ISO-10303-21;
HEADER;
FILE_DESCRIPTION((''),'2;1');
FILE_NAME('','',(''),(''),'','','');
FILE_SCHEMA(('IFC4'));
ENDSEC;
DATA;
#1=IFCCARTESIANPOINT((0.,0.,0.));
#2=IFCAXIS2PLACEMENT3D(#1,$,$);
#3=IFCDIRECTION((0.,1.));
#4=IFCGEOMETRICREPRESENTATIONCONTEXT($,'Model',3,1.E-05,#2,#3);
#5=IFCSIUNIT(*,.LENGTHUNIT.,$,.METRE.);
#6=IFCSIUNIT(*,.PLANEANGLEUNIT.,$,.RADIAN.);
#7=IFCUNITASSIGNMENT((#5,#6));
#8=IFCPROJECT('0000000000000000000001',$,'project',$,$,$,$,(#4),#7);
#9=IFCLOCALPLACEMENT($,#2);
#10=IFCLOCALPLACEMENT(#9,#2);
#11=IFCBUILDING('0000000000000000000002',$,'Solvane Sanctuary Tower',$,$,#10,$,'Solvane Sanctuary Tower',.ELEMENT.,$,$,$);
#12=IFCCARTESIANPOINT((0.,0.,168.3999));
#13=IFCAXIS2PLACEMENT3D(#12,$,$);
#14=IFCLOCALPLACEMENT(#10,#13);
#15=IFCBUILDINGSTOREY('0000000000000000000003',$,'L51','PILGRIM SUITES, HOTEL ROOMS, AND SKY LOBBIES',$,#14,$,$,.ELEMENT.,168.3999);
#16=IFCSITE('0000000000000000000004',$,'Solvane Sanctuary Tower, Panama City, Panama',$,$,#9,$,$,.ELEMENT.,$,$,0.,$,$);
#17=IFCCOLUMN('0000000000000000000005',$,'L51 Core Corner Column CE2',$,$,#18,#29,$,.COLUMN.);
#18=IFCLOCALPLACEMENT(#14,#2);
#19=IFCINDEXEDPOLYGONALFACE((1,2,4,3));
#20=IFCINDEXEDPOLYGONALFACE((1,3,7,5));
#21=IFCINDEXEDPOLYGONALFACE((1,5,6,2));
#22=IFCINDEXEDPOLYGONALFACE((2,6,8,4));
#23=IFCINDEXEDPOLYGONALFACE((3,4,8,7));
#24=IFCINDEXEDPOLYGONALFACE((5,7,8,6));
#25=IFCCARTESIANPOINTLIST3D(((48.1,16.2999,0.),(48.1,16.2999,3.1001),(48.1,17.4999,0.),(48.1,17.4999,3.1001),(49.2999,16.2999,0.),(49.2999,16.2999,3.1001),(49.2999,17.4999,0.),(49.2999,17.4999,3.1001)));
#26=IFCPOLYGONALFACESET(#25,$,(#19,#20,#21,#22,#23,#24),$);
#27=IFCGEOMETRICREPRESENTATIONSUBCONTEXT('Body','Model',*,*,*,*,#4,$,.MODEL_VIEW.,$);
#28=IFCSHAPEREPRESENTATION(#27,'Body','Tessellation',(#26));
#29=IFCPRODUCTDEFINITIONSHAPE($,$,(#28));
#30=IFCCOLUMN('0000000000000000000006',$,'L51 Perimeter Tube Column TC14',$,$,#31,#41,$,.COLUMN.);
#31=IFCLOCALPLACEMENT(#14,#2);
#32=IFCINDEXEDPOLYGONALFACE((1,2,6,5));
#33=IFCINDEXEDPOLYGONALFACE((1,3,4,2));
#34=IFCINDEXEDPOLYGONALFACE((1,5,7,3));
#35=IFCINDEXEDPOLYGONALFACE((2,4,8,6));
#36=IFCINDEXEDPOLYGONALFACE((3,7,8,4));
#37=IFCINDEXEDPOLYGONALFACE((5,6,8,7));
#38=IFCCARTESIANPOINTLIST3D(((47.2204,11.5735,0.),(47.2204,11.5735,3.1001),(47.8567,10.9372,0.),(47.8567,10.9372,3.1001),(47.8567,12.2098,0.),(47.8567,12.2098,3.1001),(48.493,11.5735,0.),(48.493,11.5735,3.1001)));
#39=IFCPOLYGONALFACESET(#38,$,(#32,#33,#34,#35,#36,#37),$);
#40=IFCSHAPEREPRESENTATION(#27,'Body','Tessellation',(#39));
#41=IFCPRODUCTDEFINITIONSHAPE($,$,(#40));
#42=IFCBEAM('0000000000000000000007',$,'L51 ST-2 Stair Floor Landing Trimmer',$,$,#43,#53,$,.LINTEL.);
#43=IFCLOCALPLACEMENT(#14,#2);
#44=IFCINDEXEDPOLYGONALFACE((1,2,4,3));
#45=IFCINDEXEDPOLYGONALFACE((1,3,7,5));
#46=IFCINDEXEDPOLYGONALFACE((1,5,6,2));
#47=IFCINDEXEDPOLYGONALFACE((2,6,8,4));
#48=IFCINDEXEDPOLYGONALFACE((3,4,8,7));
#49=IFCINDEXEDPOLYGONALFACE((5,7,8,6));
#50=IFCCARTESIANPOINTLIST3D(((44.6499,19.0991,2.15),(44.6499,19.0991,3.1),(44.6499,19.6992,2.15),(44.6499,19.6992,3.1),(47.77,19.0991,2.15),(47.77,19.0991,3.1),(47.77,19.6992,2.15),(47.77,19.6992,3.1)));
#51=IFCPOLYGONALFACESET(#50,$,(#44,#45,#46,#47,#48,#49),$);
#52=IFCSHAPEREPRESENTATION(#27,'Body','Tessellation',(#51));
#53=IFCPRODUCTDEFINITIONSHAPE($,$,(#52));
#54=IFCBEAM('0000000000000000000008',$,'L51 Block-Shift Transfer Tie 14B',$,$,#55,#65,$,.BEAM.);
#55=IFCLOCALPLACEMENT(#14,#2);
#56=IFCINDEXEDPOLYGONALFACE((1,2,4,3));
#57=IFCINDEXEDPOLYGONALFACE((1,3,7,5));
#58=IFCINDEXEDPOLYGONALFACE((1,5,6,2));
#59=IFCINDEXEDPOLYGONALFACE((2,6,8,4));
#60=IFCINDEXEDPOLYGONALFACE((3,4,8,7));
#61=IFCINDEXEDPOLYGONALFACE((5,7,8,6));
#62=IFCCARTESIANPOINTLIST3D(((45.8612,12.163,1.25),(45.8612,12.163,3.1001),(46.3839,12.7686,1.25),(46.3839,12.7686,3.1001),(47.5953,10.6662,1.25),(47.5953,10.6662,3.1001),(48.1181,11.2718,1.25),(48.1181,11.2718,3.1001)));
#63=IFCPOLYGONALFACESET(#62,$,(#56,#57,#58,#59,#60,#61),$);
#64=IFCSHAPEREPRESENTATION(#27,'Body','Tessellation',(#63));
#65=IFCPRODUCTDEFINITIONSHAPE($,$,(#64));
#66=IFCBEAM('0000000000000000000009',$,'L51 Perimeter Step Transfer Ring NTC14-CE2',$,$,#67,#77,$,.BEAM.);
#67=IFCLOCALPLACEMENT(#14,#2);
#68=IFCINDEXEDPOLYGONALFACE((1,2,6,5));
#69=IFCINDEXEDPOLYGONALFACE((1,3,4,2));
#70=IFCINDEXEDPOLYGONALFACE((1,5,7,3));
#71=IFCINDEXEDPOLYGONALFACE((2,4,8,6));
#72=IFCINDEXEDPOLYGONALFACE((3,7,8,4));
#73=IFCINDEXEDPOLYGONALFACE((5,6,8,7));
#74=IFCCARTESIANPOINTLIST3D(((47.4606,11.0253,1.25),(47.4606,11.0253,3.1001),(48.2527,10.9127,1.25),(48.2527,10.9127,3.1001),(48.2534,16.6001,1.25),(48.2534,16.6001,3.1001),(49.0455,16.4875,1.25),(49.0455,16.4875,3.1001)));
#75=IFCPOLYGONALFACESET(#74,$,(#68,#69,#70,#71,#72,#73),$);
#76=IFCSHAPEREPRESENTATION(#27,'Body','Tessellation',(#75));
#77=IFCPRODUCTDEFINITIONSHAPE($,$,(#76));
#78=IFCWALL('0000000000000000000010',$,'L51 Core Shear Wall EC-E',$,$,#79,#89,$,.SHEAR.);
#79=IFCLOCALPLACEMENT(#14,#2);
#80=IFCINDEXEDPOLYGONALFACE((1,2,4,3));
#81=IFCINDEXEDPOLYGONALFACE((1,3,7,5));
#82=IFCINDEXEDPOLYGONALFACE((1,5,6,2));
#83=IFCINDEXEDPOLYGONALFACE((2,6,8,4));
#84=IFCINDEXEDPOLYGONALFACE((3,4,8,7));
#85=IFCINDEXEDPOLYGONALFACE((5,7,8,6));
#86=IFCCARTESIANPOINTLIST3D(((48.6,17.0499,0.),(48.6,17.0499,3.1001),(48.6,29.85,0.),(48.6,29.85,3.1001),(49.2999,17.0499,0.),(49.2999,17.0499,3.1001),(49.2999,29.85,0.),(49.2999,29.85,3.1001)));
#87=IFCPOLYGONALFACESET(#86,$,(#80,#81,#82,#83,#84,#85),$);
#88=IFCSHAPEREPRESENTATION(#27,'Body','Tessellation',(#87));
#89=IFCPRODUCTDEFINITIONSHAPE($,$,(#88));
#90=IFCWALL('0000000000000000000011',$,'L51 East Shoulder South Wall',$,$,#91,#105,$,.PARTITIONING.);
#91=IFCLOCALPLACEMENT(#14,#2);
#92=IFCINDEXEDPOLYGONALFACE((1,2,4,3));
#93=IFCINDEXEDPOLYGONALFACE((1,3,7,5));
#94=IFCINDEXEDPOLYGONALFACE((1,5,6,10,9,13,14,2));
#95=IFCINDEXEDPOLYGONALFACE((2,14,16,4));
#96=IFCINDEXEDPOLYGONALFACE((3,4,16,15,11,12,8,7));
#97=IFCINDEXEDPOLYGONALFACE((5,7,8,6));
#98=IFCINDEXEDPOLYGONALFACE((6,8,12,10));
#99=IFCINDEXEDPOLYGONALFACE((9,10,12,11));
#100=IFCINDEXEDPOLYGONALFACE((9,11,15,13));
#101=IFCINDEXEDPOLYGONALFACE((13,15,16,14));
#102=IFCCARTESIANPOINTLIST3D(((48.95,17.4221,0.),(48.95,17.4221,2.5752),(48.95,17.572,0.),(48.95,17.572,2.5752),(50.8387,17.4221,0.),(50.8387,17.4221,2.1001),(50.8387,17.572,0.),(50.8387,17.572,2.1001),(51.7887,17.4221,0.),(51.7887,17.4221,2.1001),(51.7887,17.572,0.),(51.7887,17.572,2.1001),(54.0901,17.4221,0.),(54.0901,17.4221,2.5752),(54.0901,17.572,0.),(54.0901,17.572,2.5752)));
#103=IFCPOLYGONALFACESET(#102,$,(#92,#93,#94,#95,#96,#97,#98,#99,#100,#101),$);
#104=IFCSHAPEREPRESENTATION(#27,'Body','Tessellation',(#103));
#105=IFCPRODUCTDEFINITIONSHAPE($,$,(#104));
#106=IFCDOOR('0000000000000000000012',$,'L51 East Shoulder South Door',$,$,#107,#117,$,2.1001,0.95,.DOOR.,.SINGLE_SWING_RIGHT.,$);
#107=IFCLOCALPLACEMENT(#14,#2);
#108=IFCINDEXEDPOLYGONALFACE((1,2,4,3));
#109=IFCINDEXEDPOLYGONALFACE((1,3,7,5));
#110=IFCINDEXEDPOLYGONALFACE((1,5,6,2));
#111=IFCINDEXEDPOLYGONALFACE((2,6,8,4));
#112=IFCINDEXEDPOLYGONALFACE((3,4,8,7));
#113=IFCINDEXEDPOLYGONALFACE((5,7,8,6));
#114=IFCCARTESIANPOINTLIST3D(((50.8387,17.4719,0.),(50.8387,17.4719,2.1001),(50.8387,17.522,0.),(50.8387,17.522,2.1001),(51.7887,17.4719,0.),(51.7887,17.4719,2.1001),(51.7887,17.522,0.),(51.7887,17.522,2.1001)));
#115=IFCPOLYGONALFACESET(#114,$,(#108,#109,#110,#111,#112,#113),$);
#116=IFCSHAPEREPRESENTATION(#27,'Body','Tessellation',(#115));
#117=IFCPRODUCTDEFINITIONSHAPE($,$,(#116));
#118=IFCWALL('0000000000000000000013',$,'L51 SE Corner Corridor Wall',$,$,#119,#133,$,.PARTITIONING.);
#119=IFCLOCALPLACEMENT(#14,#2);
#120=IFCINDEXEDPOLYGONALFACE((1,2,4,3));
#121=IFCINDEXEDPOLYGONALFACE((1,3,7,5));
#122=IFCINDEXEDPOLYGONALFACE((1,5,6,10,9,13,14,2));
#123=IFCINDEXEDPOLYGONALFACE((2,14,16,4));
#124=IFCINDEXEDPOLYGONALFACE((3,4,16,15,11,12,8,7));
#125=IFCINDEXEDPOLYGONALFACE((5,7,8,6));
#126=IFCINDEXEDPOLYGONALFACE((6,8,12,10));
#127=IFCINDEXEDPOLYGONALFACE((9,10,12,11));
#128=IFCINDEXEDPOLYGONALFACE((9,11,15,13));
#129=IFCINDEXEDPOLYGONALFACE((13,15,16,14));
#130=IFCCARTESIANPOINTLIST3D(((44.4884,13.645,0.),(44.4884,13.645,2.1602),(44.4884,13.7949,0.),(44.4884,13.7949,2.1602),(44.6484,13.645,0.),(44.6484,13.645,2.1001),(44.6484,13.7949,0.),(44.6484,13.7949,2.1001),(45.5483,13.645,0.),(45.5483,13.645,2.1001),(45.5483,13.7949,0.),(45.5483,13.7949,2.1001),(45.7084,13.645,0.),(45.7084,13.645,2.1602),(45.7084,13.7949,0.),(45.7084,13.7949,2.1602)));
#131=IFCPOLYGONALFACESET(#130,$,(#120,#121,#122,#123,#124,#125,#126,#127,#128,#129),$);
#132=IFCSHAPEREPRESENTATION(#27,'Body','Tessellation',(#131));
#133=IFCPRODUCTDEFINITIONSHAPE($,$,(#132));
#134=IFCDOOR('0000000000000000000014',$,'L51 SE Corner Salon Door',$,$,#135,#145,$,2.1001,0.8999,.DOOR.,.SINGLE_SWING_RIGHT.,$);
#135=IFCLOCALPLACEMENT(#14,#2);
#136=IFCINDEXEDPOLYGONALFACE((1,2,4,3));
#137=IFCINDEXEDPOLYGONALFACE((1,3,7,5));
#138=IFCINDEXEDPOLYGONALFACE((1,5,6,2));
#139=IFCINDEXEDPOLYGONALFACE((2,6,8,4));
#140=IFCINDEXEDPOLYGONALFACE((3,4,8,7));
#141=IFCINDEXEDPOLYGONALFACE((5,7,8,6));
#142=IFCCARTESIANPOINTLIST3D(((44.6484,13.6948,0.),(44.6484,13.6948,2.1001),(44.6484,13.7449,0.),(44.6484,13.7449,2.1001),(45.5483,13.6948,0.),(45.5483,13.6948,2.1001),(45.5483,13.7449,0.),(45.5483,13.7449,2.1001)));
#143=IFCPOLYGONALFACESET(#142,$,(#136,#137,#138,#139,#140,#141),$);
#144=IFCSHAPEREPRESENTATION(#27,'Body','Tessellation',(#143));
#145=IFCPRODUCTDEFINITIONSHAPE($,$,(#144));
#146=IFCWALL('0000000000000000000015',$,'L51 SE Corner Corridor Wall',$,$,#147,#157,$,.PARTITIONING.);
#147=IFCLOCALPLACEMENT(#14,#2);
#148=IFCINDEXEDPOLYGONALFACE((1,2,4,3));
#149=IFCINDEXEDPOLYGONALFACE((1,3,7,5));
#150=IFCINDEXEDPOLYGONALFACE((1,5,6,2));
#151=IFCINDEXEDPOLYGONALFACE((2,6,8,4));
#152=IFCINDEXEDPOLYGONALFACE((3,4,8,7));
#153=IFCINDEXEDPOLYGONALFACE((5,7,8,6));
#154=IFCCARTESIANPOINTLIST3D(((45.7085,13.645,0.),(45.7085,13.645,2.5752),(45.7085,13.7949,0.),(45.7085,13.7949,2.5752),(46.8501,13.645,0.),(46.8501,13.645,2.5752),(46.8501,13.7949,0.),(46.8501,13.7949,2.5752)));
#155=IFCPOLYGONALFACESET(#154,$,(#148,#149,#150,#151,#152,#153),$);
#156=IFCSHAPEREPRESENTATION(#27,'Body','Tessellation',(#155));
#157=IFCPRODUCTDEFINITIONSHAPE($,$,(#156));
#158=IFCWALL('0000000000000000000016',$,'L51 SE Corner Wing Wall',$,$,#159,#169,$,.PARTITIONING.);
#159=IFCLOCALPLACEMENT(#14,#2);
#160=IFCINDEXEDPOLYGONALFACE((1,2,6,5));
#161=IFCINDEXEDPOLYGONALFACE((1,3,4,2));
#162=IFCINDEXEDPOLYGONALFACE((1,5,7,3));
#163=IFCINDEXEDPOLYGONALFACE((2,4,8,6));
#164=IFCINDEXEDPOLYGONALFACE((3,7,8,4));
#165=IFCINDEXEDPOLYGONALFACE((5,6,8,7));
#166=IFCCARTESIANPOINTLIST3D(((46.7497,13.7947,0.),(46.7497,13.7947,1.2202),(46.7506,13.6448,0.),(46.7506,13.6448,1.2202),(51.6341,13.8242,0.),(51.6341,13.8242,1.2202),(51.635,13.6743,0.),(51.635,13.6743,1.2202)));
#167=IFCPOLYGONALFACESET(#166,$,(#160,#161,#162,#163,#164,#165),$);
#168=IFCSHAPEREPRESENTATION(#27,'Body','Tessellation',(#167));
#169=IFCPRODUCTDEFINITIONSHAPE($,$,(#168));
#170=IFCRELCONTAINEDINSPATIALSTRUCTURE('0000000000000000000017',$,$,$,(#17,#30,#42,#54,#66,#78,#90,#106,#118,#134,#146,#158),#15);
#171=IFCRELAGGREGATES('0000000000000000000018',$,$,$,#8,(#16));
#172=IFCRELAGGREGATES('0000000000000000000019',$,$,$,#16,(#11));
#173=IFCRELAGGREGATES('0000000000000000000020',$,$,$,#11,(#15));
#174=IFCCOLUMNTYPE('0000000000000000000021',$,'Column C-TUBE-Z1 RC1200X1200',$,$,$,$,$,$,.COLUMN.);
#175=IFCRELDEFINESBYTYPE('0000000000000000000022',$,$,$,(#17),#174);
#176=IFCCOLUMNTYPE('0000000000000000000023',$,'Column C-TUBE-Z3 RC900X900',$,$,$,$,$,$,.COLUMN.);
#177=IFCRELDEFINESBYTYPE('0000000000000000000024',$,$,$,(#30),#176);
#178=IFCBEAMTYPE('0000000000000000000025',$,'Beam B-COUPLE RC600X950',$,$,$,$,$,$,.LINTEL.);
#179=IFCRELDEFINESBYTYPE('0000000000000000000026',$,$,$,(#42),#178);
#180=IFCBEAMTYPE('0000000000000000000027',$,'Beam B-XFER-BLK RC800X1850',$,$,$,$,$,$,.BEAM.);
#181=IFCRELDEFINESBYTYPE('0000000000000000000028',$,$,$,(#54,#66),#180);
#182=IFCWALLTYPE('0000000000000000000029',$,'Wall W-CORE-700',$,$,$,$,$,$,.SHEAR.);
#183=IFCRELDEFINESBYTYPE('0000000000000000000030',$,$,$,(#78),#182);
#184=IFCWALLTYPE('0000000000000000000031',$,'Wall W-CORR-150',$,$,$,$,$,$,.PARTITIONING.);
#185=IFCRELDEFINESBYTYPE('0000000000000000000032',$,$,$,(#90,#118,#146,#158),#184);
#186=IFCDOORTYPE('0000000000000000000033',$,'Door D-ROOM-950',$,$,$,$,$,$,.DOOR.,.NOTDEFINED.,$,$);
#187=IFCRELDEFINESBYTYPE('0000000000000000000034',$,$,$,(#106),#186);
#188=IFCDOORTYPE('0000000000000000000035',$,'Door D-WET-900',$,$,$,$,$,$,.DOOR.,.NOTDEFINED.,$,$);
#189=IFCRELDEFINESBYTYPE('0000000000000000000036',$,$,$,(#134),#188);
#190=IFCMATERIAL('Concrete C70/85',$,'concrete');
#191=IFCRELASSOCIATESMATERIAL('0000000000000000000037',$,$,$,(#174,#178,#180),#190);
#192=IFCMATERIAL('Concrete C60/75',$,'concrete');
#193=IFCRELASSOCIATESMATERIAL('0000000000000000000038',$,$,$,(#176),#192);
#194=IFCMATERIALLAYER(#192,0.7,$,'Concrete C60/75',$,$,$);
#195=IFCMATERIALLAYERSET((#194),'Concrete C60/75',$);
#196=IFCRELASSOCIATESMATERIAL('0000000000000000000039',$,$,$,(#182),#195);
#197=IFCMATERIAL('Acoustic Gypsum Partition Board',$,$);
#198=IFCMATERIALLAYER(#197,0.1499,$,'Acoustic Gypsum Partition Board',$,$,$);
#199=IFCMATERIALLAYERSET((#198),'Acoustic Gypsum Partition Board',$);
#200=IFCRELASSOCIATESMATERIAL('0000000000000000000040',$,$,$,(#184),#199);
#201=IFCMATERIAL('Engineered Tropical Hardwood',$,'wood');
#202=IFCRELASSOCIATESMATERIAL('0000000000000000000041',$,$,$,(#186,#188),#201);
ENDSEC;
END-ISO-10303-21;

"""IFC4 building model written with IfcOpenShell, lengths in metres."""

from ifc_helpers import new_model, si_unit, direction, frame, frame_2d, origin, origin_2d, place, context, subcontext, project, spatial, rectangle, extrude, material, layer, layer_set, material_profile, profile_set, type_object, element, fill, save


model = new_model("IFC4")

# Units and contexts
model_context = context("Model", 3, precision=1e-05, world=origin(), true_north=direction((0.0, 1.0)))
body_context = subcontext(model_context, "Body", "Model", "MODEL_VIEW")
ifc_project = project(units=[si_unit("LENGTHUNIT", "METRE"), si_unit("PLANEANGLEUNIT", "RADIAN")], contexts=[model_context])

# Site, building, storey
site_placement = place(None, origin())
site = spatial("IfcSite", under=ifc_project, at=site_placement, Name="Solvane Sanctuary Tower, Panama City, Panama", CompositionType="ELEMENT", RefElevation=0.0)
building_placement = place(site_placement, origin())
building = spatial("IfcBuilding", under=site, at=building_placement, Name="Solvane Sanctuary Tower", LongName="Solvane Sanctuary Tower", CompositionType="ELEMENT")
storey_placement = place(building_placement, frame((0.0, 0.0, 168.3999)))
storey = spatial("IfcBuildingStorey", under=building, at=storey_placement, Name="L51", Description="PILGRIM SUITES, HOTEL ROOMS, AND SKY LOBBIES", CompositionType="ELEMENT", Elevation=168.3999)

# Columns
ifc_material_1 = material(Name="Concrete C70/85", Category="concrete")
ifc_material_profile_1 = material_profile(ifc_material_1, rectangle(XDim=1.2, YDim=1.2, at=origin_2d()), Name="RC1200X1200")
ifc_profile_set_1 = profile_set([ifc_material_profile_1], Name="Concrete C70/85")
column_type_1 = type_object("IfcColumnType", Name="Column C-TUBE-Z1 RC1200X1200", PredefinedType="COLUMN", material=ifc_profile_set_1)
column_1_placement = place(storey_placement, frame((48.7, 16.8999, 0.0), z_axis=(0.0, 0.0, 1.0), x_axis=(1.0, 0.0, 0.0)))
element("IfcColumn", 1, at=column_1_placement, inside=storey, type_object=column_type_1, Name="L51 Core Corner Column CE2", PredefinedType="COLUMN", context=body_context, shape_type="SweptSolid", body=[
    extrude(rectangle(XDim=1.2, YDim=1.2, at=origin_2d()), origin(), (0.0, 0.0, 1.0), 3.1001),
])
ifc_material_2 = material(Name="Concrete C60/75", Category="concrete")
ifc_material_profile_2 = material_profile(ifc_material_2, rectangle(XDim=0.8999, YDim=0.8999, at=origin_2d()), Name="RC900X900")
ifc_profile_set_2 = profile_set([ifc_material_profile_2], Name="Concrete C60/75")
column_type_2 = type_object("IfcColumnType", Name="Column C-TUBE-Z3 RC900X900", PredefinedType="COLUMN", material=ifc_profile_set_2)
column_2_placement = place(storey_placement, frame((47.8567, 11.5735, 0.0), z_axis=(0.0, 0.0, 1.0), x_axis=(0.707107, -0.707107, 0.0)))
element("IfcColumn", 2, at=column_2_placement, inside=storey, type_object=column_type_2, Name="L51 Perimeter Tube Column TC14", PredefinedType="COLUMN", context=body_context, shape_type="SweptSolid", body=[
    extrude(rectangle(XDim=0.8999, YDim=0.8999, at=origin_2d()), origin(), (0.0, 0.0, 1.0), 3.1001),
])

# Beams
ifc_material_profile_3 = material_profile(ifc_material_1, rectangle(XDim=0.6001, YDim=0.95, at=origin_2d()), Name="RC600X950")
ifc_profile_set_3 = profile_set([ifc_material_profile_3], Name="Concrete C70/85")
beam_type_1 = type_object("IfcBeamType", Name="Beam B-COUPLE RC600X950", PredefinedType="LINTEL", material=ifc_profile_set_3)
beam_1_placement = place(storey_placement, frame((44.6499, 19.3992, 2.625), z_axis=(1.0, 0.0, 0.0), x_axis=(0.0, 1.0, 0.0)))
element("IfcBeam", 3, at=beam_1_placement, inside=storey, type_object=beam_type_1, Name="L51 ST-2 Stair Floor Landing Trimmer", PredefinedType="LINTEL", context=body_context, shape_type="SweptSolid", body=[
    extrude(rectangle(XDim=0.6001, YDim=0.95, at=origin_2d()), origin(), (0.0, 0.0, 1.0), 3.1201),
])
ifc_material_profile_4 = material_profile(ifc_material_1, rectangle(XDim=0.8, YDim=1.8501, at=origin_2d()), Name="RC800X1850")
ifc_profile_set_4 = profile_set([ifc_material_profile_4], Name="Concrete C70/85")
beam_type_2 = type_object("IfcBeamType", Name="Beam B-XFER-BLK RC800X1850", PredefinedType="BEAM", material=ifc_profile_set_4)
beam_2_placement = place(storey_placement, frame((46.1226, 12.4658, 2.175), z_axis=(0.757003, -0.653412, 0.0), x_axis=(0.653412, 0.757003, 0.0)))
element("IfcBeam", 4, at=beam_2_placement, inside=storey, type_object=beam_type_2, Name="L51 Block-Shift Transfer Tie 14B", PredefinedType="BEAM", context=body_context, shape_type="SweptSolid", body=[
    extrude(rectangle(XDim=0.8, YDim=1.8501, at=origin_2d()), origin(), (0.0, 0.0, 1.0), 2.2908),
])
beam_3_placement = place(storey_placement, frame((47.8567, 10.969, 2.175), z_axis=(0.140784, 0.99004, 0.0), x_axis=(-0.99004, 0.140784, 0.0)))
element("IfcBeam", 5, at=beam_3_placement, inside=storey, type_object=beam_type_2, Name="L51 Perimeter Step Transfer Ring NTC14-CE2", PredefinedType="BEAM", context=body_context, shape_type="SweptSolid", body=[
    extrude(rectangle(XDim=0.8, YDim=1.8501, at=origin_2d()), origin(), (0.0, 0.0, 1.0), 5.6309),
])

# Wall
ifc_layer_1 = layer(ifc_material_2, 0.7, Name="Concrete C60/75")
ifc_layer_set_1 = layer_set([ifc_layer_1], Name="Concrete C60/75")
wall_type_1 = type_object("IfcWallType", Name="Wall W-CORE-700", PredefinedType="SHEAR", material=ifc_layer_set_1)
wall_1_placement = place(storey_placement, frame((48.95, 17.05, 0.0), z_axis=(0.0, 0.0, 1.0), x_axis=(0.0, 1.0, 0.0)))
element("IfcWall", 6, at=wall_1_placement, inside=storey, type_object=wall_type_1, Name="L51 Core Shear Wall EC-E", PredefinedType="SHEAR", context=body_context, shape_type="SweptSolid", body=[
    extrude(rectangle(XDim=12.8, YDim=0.7, at=frame_2d((6.3999, 0.0))), origin(), (0.0, 0.0, 1.0), 3.1001),
])

# Walls, openings, doors
ifc_material_3 = material(Name="Acoustic Gypsum Partition Board")
ifc_layer_2 = layer(ifc_material_3, 0.1499, Name="Acoustic Gypsum Partition Board")
ifc_layer_set_2 = layer_set([ifc_layer_2], Name="Acoustic Gypsum Partition Board")
wall_type_2 = type_object("IfcWallType", Name="Wall W-CORR-150", PredefinedType="PARTITIONING", material=ifc_layer_set_2)
wall_2_placement = place(storey_placement, frame((48.95, 17.4971, 0.0), z_axis=(0.0, 0.0, 1.0), x_axis=(1.0, 0.0, 0.0)))
wall_2 = element("IfcWall", 7, at=wall_2_placement, inside=storey, type_object=wall_type_2, Name="L51 East Shoulder South Wall", PredefinedType="PARTITIONING", context=body_context, shape_type="SweptSolid", body=[
    extrude(rectangle(XDim=5.1401, YDim=0.1499, at=frame_2d((2.5701, 0.0))), origin(), (0.0, 0.0, 1.0), 2.5752),
])
opening_1_placement = place(wall_2_placement, frame((1.8887, 0.0, 0.0)))
opening_1 = element("IfcOpeningElement", 8, at=opening_1_placement, cuts=wall_2, PredefinedType="OPENING", context=body_context, shape_type="SweptSolid", body=[
    extrude(rectangle(XDim=0.95, YDim=2.1001, at=frame_2d((0.4751, 1.05))), frame((0.0, 0.085, 0.0), z_axis=(0.0, -1.0, 0.0), x_axis=(1.0, 0.0, 0.0)), (0.0, 0.0, 1.0), 0.1699),
])
ifc_material_4 = material(Name="Engineered Tropical Hardwood", Category="wood")
door_type_1 = type_object("IfcDoorType", Name="Door D-ROOM-950", OperationType="NOTDEFINED", PredefinedType="DOOR", material=ifc_material_4)
door_1_placement = place(opening_1_placement, origin())
door_1 = element("IfcDoor", 9, at=door_1_placement, inside=storey, type_object=door_type_1, Name="L51 East Shoulder South Door", OperationType="SINGLE_SWING_RIGHT", OverallHeight=2.1001, OverallWidth=0.95, PredefinedType="DOOR", context=body_context, shape_type="SweptSolid", body=[
    extrude(rectangle(XDim=0.95, YDim=2.1001, at=frame_2d((0.4751, 1.05))), frame((0.0, 0.0249, 0.0), z_axis=(0.0, -1.0, 0.0), x_axis=(1.0, 0.0, 0.0)), (0.0, 0.0, 1.0), 0.05),
])
fill(opening_1, door_1)
wall_3_placement = place(storey_placement, frame((44.4885, 13.72, 0.0), z_axis=(0.0, 0.0, 1.0), x_axis=(1.0, 0.0, 0.0)))
wall_3 = element("IfcWall", 10, at=wall_3_placement, inside=storey, type_object=wall_type_2, Name="L51 SE Corner Corridor Wall", PredefinedType="PARTITIONING", context=body_context, shape_type="SweptSolid", body=[
    extrude(rectangle(XDim=1.22, YDim=0.1499, at=frame_2d((0.6099, 0.0))), origin(), (0.0, 0.0, 1.0), 2.1602),
])
opening_2_placement = place(wall_3_placement, frame((0.1599, 0.0, 0.0)))
opening_2 = element("IfcOpeningElement", 11, at=opening_2_placement, cuts=wall_3, PredefinedType="OPENING", context=body_context, shape_type="SweptSolid", body=[
    extrude(rectangle(XDim=0.8999, YDim=2.1001, at=frame_2d((0.45, 1.05))), frame((0.0, 0.085, 0.0), z_axis=(0.0, -1.0, 0.0), x_axis=(1.0, 0.0, 0.0)), (0.0, 0.0, 1.0), 0.1699),
])
door_type_2 = type_object("IfcDoorType", Name="Door D-WET-900", OperationType="NOTDEFINED", PredefinedType="DOOR", material=ifc_material_4)
door_2_placement = place(opening_2_placement, origin())
door_2 = element("IfcDoor", 12, at=door_2_placement, inside=storey, type_object=door_type_2, Name="L51 SE Corner Salon Door", OperationType="SINGLE_SWING_RIGHT", OverallHeight=2.1001, OverallWidth=0.8999, PredefinedType="DOOR", context=body_context, shape_type="SweptSolid", body=[
    extrude(rectangle(XDim=0.8999, YDim=2.1001, at=frame_2d((0.45, 1.05))), frame((0.0, 0.0249, 0.0), z_axis=(0.0, -1.0, 0.0), x_axis=(1.0, 0.0, 0.0)), (0.0, 0.0, 1.0), 0.05),
])
fill(opening_2, door_2)

# Walls
wall_4_placement = place(storey_placement, frame((45.7085, 13.72, 0.0), z_axis=(0.0, 0.0, 1.0), x_axis=(1.0, 0.0, 0.0)))
element("IfcWall", 13, at=wall_4_placement, inside=storey, type_object=wall_type_2, Name="L51 SE Corner Corridor Wall", PredefinedType="PARTITIONING", context=body_context, shape_type="SweptSolid", body=[
    extrude(rectangle(XDim=1.1416, YDim=0.1499, at=frame_2d((0.5708, 0.0))), origin(), (0.0, 0.0, 1.0), 2.5752),
])
wall_5_placement = place(storey_placement, frame((46.75, 13.7197, 0.0), z_axis=(0.0, 0.0, 1.0), x_axis=(0.999982, 0.006048, 0.0)))
element("IfcWall", 14, at=wall_5_placement, inside=storey, type_object=wall_type_2, Name="L51 SE Corner Wing Wall", PredefinedType="PARTITIONING", context=body_context, shape_type="SweptSolid", body=[
    extrude(rectangle(XDim=4.8845, YDim=0.1499, at=frame_2d((2.4424, 0.0))), origin(), (0.0, 0.0, 1.0), 1.2202),
])

save(model, "model.ifc")
